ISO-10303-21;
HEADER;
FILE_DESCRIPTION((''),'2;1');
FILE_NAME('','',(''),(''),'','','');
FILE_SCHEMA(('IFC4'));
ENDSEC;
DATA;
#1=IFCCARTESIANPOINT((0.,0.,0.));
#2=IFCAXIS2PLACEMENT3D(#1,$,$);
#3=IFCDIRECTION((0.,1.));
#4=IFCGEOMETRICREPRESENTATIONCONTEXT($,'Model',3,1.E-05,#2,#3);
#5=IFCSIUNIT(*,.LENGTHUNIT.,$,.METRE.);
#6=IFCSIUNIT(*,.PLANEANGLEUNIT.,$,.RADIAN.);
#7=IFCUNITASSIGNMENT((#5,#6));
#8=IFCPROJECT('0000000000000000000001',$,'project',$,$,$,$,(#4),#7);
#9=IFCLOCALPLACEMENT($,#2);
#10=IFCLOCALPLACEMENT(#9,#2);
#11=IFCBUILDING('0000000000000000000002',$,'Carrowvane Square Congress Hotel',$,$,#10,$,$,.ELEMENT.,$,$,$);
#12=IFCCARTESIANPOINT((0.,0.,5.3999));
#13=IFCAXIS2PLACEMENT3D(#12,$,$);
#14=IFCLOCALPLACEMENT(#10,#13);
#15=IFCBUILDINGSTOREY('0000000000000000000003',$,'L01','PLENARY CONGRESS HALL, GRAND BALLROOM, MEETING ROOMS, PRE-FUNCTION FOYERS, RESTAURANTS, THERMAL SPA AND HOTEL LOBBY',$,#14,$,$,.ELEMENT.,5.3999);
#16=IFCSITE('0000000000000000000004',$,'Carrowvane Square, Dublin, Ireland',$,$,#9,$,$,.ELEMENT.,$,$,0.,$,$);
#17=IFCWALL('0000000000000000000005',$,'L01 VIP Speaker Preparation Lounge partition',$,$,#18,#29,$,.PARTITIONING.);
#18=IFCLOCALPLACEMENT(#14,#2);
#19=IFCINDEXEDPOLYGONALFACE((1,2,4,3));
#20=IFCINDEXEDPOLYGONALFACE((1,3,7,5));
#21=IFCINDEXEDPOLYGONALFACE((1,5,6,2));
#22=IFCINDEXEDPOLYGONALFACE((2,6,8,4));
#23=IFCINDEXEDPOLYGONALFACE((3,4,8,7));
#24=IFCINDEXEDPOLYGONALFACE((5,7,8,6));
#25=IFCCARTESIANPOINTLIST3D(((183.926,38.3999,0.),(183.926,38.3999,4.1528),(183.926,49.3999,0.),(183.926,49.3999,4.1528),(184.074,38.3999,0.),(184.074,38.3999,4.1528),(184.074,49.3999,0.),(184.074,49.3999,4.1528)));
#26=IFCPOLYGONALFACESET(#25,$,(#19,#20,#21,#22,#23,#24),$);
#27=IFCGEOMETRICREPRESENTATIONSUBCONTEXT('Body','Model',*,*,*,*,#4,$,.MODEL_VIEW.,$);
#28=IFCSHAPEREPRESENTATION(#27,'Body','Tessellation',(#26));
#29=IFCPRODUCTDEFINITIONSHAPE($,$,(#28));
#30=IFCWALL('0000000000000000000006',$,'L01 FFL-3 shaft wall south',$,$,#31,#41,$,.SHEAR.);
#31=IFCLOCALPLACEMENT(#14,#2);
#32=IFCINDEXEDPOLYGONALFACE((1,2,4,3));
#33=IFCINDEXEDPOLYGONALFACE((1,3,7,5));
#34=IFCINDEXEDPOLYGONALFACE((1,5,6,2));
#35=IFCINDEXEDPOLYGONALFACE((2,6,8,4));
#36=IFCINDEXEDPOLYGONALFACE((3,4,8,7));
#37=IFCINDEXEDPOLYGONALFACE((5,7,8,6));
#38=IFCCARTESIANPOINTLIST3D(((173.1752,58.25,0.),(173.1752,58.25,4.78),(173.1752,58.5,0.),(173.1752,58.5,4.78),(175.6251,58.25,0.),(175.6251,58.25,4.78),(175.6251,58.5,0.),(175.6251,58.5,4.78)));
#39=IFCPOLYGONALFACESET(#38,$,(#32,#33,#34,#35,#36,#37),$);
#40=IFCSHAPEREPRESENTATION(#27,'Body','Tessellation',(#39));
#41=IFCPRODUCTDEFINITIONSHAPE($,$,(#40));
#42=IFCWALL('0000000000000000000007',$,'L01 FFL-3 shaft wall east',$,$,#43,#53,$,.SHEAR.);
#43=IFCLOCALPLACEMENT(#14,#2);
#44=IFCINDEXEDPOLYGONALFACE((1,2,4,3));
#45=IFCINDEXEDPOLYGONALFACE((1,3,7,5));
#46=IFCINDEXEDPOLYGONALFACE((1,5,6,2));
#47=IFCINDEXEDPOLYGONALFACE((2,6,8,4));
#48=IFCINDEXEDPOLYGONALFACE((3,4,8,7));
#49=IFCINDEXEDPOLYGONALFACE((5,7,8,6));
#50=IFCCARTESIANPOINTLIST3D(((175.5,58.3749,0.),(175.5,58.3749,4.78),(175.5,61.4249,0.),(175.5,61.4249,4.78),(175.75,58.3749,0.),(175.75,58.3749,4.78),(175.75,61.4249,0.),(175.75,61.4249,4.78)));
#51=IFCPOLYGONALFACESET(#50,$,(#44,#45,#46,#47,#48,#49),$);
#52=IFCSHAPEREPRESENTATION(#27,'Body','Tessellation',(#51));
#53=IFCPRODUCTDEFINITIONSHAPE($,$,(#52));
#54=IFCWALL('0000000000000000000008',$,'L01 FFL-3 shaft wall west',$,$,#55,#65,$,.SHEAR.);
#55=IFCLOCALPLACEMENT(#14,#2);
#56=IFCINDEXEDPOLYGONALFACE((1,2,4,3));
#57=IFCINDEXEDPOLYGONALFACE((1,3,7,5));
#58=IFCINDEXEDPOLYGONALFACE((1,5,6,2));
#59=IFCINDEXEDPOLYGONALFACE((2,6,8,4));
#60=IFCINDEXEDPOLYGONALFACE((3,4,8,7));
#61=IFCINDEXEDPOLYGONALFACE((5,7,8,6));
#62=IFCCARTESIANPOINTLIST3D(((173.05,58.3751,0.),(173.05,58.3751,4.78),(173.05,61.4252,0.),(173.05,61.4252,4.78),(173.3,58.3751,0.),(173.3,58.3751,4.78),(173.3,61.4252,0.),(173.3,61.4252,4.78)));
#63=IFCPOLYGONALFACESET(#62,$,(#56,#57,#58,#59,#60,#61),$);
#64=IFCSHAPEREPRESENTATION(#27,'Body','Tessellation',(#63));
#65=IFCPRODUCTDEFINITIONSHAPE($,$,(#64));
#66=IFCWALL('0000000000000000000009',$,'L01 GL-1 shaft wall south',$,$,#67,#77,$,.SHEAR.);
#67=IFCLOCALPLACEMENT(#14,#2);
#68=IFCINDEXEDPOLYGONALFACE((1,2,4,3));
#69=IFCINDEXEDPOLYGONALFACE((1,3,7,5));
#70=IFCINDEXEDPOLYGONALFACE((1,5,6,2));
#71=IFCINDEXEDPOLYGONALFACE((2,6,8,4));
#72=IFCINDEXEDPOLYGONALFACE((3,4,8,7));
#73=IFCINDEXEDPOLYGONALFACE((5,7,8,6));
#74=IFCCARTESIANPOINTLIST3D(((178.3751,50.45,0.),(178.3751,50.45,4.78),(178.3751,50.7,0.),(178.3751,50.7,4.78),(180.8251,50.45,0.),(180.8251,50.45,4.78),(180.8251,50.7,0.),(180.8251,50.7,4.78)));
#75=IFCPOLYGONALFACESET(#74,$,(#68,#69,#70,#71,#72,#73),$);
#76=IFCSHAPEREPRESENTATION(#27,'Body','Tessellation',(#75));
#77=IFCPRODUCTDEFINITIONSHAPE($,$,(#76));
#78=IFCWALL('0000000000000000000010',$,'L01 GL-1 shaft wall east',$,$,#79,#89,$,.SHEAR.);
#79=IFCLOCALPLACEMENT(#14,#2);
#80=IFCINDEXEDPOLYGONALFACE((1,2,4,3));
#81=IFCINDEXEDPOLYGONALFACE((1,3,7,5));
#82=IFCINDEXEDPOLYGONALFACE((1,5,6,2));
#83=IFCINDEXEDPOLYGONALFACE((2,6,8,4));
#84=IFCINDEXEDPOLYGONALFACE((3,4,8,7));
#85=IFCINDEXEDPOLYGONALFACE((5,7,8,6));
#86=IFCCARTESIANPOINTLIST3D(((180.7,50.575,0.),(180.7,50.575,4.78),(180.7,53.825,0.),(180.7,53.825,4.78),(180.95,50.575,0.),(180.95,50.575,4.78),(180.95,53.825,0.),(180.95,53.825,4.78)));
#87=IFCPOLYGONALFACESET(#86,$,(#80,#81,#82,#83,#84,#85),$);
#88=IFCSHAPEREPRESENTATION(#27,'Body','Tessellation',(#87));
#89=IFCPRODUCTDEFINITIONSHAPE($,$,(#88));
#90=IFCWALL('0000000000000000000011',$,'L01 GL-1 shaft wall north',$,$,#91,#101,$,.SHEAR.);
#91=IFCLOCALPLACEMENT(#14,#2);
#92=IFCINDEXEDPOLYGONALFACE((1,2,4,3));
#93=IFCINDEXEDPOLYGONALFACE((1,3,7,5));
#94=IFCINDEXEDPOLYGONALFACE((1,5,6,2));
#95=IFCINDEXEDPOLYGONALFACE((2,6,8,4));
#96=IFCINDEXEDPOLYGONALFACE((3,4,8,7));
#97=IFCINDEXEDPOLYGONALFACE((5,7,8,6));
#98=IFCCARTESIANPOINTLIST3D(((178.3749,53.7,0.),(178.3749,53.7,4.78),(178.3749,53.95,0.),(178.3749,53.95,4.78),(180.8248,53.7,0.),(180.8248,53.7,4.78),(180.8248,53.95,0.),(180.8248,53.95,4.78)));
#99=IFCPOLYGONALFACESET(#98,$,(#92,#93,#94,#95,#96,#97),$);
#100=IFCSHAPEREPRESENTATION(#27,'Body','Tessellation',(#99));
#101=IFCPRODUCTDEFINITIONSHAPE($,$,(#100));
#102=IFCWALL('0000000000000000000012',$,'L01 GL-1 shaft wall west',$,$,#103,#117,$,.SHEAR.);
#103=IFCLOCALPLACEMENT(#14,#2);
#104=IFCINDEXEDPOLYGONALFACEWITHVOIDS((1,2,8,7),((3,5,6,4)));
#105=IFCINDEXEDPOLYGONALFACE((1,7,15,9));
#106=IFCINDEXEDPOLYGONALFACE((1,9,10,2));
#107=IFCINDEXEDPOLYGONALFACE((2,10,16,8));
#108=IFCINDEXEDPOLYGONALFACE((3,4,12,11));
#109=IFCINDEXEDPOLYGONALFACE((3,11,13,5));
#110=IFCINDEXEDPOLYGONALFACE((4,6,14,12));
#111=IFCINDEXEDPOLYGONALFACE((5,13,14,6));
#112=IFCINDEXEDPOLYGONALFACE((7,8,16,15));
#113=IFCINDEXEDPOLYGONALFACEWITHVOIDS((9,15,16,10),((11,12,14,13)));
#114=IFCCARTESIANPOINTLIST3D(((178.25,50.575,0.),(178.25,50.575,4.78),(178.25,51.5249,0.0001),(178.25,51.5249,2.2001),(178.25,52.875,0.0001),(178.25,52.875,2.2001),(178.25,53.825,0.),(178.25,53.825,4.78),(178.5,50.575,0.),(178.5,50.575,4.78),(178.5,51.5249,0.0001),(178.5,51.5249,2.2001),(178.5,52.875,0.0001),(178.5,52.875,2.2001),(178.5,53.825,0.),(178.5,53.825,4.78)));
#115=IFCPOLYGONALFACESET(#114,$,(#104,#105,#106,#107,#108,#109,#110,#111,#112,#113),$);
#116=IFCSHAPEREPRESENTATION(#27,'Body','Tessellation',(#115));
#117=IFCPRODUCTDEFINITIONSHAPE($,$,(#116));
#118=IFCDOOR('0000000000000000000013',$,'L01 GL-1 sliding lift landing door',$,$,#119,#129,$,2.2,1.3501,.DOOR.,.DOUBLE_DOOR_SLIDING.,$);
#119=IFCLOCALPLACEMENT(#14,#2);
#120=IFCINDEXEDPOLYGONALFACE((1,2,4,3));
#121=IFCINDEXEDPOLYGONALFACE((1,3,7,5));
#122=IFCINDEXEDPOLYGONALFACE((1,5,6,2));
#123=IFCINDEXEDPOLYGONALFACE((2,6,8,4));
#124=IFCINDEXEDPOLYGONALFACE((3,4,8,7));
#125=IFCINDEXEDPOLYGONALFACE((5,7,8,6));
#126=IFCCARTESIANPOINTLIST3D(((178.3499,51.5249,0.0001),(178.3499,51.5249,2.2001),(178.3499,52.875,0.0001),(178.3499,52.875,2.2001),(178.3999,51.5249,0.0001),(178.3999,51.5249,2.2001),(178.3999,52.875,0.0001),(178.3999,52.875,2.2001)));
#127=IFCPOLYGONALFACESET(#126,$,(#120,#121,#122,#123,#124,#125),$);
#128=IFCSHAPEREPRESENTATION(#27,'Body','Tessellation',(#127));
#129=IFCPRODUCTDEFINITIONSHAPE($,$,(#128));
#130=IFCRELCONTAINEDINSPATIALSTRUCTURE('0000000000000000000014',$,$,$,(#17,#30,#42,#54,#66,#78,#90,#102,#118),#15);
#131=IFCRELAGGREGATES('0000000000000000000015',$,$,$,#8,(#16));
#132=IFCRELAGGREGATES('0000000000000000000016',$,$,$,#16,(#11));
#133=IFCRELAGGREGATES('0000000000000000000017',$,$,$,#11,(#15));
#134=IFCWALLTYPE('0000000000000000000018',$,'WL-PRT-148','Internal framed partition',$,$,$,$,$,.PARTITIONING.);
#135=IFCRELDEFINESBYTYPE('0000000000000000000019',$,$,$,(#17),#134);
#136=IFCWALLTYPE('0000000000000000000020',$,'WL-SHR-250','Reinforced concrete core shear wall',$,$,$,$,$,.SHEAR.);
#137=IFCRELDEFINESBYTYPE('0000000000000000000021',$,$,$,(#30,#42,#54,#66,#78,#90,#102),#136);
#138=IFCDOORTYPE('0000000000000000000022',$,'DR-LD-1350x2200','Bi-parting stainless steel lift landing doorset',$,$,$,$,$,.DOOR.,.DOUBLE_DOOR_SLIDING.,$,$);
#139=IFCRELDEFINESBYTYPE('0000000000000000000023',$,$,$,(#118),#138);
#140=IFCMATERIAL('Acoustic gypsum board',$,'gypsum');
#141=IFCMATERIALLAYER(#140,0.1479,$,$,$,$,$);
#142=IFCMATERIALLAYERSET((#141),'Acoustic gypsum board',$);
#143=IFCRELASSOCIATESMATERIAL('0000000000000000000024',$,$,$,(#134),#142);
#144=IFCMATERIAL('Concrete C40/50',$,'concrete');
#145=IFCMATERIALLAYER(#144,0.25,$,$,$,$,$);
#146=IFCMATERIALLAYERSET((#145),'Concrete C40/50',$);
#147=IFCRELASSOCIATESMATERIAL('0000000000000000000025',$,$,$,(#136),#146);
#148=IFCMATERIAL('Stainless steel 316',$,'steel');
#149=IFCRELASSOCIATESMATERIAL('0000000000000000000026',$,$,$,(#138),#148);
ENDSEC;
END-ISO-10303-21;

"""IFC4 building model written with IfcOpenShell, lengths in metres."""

from ifc_helpers import new_model, si_unit, direction, frame, frame_2d, origin, place, context, subcontext, project, spatial, rectangle, extrude, material, layer, layer_set, type_object, element, fill, save


model = new_model("IFC4")

# Units and contexts
model_context = context("Model", 3, precision=1e-05, world=origin(), true_north=direction((0.0, 1.0)))
body_context = subcontext(model_context, "Body", "Model", "MODEL_VIEW")
ifc_project = project(units=[si_unit("LENGTHUNIT", "METRE"), si_unit("PLANEANGLEUNIT", "RADIAN")], contexts=[model_context])

# Site, building, storey
site_placement = place(None, origin())
site = spatial("IfcSite", under=ifc_project, at=site_placement, Name="Carrowvane Square, Dublin, Ireland", CompositionType="ELEMENT", RefElevation=0.0)
building_placement = place(site_placement, origin())
building = spatial("IfcBuilding", under=site, at=building_placement, Name="Carrowvane Square Congress Hotel", CompositionType="ELEMENT")
storey_placement = place(building_placement, frame((0.0, 0.0, 5.3999)))
storey = spatial("IfcBuildingStorey", under=building, at=storey_placement, Name="L01", Description="PLENARY CONGRESS HALL, GRAND BALLROOM, MEETING ROOMS, PRE-FUNCTION FOYERS, RESTAURANTS, THERMAL SPA AND HOTEL LOBBY", CompositionType="ELEMENT", Elevation=5.3999)

# Walls
ifc_material_1 = material(Name="Acoustic gypsum board", Category="gypsum")
ifc_layer_1 = layer(ifc_material_1, 0.1479)
ifc_layer_set_1 = layer_set([ifc_layer_1], Name="Acoustic gypsum board")
wall_type_1 = type_object("IfcWallType", Name="WL-PRT-148", Description="Internal framed partition", PredefinedType="PARTITIONING", material=ifc_layer_set_1)
wall_1_placement = place(storey_placement, frame((184.0, 49.3999, 0.0), z_axis=(0.0, 0.0, 1.0), x_axis=(0.0, -1.0, 0.0)))
element("IfcWall", 1, at=wall_1_placement, inside=storey, type_object=wall_type_1, Name="L01 VIP Speaker Preparation Lounge partition", PredefinedType="PARTITIONING", context=body_context, shape_type="SweptSolid", body=[
    extrude(rectangle(XDim=11.0, YDim=0.1479, at=frame_2d((5.5, 0.0))), origin(), (0.0, 0.0, 1.0), 4.1528),
])
ifc_material_2 = material(Name="Concrete C40/50", Category="concrete")
ifc_layer_2 = layer(ifc_material_2, 0.25)
ifc_layer_set_2 = layer_set([ifc_layer_2], Name="Concrete C40/50")
wall_type_2 = type_object("IfcWallType", Name="WL-SHR-250", Description="Reinforced concrete core shear wall", PredefinedType="SHEAR", material=ifc_layer_set_2)
wall_2_placement = place(storey_placement, frame((173.175, 58.375, 0.0), z_axis=(0.0, 0.0, 1.0), x_axis=(1.0, 0.0, 0.0)))
element("IfcWall", 2, at=wall_2_placement, inside=storey, type_object=wall_type_2, Name="L01 FFL-3 shaft wall south", PredefinedType="SHEAR", context=body_context, shape_type="SweptSolid", body=[
    extrude(rectangle(XDim=2.45, YDim=0.25, at=frame_2d((1.2251, 0.0))), origin(), (0.0, 0.0, 1.0), 4.78),
])
wall_3_placement = place(storey_placement, frame((175.625, 58.375, 0.0), z_axis=(0.0, 0.0, 1.0), x_axis=(0.0, 1.0, 0.0)))
element("IfcWall", 3, at=wall_3_placement, inside=storey, type_object=wall_type_2, Name="L01 FFL-3 shaft wall east", PredefinedType="SHEAR", context=body_context, shape_type="SweptSolid", body=[
    extrude(rectangle(XDim=3.05, YDim=0.25, at=frame_2d((1.5249, 0.0))), origin(), (0.0, 0.0, 1.0), 4.78),
])

# Walls
wall_4_placement = place(storey_placement, frame((173.175, 61.425, 0.0), z_axis=(0.0, 0.0, 1.0), x_axis=(0.0, -1.0, 0.0)))
element("IfcWall", 4, at=wall_4_placement, inside=storey, type_object=wall_type_2, Name="L01 FFL-3 shaft wall west", PredefinedType="SHEAR", context=body_context, shape_type="SweptSolid", body=[
    extrude(rectangle(XDim=3.05, YDim=0.25, at=frame_2d((1.5249, 0.0))), origin(), (0.0, 0.0, 1.0), 4.78),
])
wall_5_placement = place(storey_placement, frame((178.375, 50.575, 0.0), z_axis=(0.0, 0.0, 1.0), x_axis=(1.0, 0.0, 0.0)))
element("IfcWall", 5, at=wall_5_placement, inside=storey, type_object=wall_type_2, Name="L01 GL-1 shaft wall south", PredefinedType="SHEAR", context=body_context, shape_type="SweptSolid", body=[
    extrude(rectangle(XDim=2.45, YDim=0.25, at=frame_2d((1.2251, 0.0))), origin(), (0.0, 0.0, 1.0), 4.78),
])
wall_6_placement = place(storey_placement, frame((180.825, 50.575, 0.0), z_axis=(0.0, 0.0, 1.0), x_axis=(0.0, 1.0, 0.0)))
element("IfcWall", 6, at=wall_6_placement, inside=storey, type_object=wall_type_2, Name="L01 GL-1 shaft wall east", PredefinedType="SHEAR", context=body_context, shape_type="SweptSolid", body=[
    extrude(rectangle(XDim=3.25, YDim=0.25, at=frame_2d((1.625, 0.0))), origin(), (0.0, 0.0, 1.0), 4.78),
])
wall_7_placement = place(storey_placement, frame((180.825, 53.825, 0.0), z_axis=(0.0, 0.0, 1.0), x_axis=(-1.0, 0.0, 0.0)))
element("IfcWall", 7, at=wall_7_placement, inside=storey, type_object=wall_type_2, Name="L01 GL-1 shaft wall north", PredefinedType="SHEAR", context=body_context, shape_type="SweptSolid", body=[
    extrude(rectangle(XDim=2.45, YDim=0.25, at=frame_2d((1.2251, 0.0))), origin(), (0.0, 0.0, 1.0), 4.78),
])

# Wall, opening, door
wall_8_placement = place(storey_placement, frame((178.375, 53.825, 0.0), z_axis=(0.0, 0.0, 1.0), x_axis=(0.0, -1.0, 0.0)))
wall_8 = element("IfcWall", 8, at=wall_8_placement, inside=storey, type_object=wall_type_2, Name="L01 GL-1 shaft wall west", PredefinedType="SHEAR", context=body_context, shape_type="SweptSolid", body=[
    extrude(rectangle(XDim=3.25, YDim=0.25, at=frame_2d((1.625, 0.0))), origin(), (0.0, 0.0, 1.0), 4.78),
])
opening_1_placement = place(wall_8_placement, frame((0.95, 0.0, 0.0)))
opening_1 = element("IfcOpeningElement", 9, at=opening_1_placement, cuts=wall_8, PredefinedType="OPENING", context=body_context, shape_type="SweptSolid", body=[
    extrude(rectangle(XDim=1.3501, YDim=2.2, at=frame_2d((0.675, 1.1001))), frame((0.0, 0.135, 0.0), z_axis=(0.0, -1.0, 0.0), x_axis=(1.0, 0.0, 0.0)), (0.0, 0.0, 1.0), 0.27),
])
ifc_material_3 = material(Name="Stainless steel 316", Category="steel")
door_type_1 = type_object("IfcDoorType", Name="DR-LD-1350x2200", Description="Bi-parting stainless steel lift landing doorset", OperationType="DOUBLE_DOOR_SLIDING", PredefinedType="DOOR", material=ifc_material_3)
door_1_placement = place(opening_1_placement, origin())
door_1 = element("IfcDoor", 10, at=door_1_placement, inside=storey, type_object=door_type_1, Name="L01 GL-1 sliding lift landing door", OperationType="DOUBLE_DOOR_SLIDING", OverallHeight=2.2, OverallWidth=1.3501, PredefinedType="DOOR", context=body_context, shape_type="SweptSolid", body=[
    extrude(rectangle(XDim=1.3501, YDim=2.2, at=frame_2d((0.675, 1.1001))), frame((0.0, 0.0249, 0.0), z_axis=(0.0, -1.0, 0.0), x_axis=(1.0, 0.0, 0.0)), (0.0, 0.0, 1.0), 0.05),
])
fill(opening_1, door_1)

save(model, "model.ifc")
